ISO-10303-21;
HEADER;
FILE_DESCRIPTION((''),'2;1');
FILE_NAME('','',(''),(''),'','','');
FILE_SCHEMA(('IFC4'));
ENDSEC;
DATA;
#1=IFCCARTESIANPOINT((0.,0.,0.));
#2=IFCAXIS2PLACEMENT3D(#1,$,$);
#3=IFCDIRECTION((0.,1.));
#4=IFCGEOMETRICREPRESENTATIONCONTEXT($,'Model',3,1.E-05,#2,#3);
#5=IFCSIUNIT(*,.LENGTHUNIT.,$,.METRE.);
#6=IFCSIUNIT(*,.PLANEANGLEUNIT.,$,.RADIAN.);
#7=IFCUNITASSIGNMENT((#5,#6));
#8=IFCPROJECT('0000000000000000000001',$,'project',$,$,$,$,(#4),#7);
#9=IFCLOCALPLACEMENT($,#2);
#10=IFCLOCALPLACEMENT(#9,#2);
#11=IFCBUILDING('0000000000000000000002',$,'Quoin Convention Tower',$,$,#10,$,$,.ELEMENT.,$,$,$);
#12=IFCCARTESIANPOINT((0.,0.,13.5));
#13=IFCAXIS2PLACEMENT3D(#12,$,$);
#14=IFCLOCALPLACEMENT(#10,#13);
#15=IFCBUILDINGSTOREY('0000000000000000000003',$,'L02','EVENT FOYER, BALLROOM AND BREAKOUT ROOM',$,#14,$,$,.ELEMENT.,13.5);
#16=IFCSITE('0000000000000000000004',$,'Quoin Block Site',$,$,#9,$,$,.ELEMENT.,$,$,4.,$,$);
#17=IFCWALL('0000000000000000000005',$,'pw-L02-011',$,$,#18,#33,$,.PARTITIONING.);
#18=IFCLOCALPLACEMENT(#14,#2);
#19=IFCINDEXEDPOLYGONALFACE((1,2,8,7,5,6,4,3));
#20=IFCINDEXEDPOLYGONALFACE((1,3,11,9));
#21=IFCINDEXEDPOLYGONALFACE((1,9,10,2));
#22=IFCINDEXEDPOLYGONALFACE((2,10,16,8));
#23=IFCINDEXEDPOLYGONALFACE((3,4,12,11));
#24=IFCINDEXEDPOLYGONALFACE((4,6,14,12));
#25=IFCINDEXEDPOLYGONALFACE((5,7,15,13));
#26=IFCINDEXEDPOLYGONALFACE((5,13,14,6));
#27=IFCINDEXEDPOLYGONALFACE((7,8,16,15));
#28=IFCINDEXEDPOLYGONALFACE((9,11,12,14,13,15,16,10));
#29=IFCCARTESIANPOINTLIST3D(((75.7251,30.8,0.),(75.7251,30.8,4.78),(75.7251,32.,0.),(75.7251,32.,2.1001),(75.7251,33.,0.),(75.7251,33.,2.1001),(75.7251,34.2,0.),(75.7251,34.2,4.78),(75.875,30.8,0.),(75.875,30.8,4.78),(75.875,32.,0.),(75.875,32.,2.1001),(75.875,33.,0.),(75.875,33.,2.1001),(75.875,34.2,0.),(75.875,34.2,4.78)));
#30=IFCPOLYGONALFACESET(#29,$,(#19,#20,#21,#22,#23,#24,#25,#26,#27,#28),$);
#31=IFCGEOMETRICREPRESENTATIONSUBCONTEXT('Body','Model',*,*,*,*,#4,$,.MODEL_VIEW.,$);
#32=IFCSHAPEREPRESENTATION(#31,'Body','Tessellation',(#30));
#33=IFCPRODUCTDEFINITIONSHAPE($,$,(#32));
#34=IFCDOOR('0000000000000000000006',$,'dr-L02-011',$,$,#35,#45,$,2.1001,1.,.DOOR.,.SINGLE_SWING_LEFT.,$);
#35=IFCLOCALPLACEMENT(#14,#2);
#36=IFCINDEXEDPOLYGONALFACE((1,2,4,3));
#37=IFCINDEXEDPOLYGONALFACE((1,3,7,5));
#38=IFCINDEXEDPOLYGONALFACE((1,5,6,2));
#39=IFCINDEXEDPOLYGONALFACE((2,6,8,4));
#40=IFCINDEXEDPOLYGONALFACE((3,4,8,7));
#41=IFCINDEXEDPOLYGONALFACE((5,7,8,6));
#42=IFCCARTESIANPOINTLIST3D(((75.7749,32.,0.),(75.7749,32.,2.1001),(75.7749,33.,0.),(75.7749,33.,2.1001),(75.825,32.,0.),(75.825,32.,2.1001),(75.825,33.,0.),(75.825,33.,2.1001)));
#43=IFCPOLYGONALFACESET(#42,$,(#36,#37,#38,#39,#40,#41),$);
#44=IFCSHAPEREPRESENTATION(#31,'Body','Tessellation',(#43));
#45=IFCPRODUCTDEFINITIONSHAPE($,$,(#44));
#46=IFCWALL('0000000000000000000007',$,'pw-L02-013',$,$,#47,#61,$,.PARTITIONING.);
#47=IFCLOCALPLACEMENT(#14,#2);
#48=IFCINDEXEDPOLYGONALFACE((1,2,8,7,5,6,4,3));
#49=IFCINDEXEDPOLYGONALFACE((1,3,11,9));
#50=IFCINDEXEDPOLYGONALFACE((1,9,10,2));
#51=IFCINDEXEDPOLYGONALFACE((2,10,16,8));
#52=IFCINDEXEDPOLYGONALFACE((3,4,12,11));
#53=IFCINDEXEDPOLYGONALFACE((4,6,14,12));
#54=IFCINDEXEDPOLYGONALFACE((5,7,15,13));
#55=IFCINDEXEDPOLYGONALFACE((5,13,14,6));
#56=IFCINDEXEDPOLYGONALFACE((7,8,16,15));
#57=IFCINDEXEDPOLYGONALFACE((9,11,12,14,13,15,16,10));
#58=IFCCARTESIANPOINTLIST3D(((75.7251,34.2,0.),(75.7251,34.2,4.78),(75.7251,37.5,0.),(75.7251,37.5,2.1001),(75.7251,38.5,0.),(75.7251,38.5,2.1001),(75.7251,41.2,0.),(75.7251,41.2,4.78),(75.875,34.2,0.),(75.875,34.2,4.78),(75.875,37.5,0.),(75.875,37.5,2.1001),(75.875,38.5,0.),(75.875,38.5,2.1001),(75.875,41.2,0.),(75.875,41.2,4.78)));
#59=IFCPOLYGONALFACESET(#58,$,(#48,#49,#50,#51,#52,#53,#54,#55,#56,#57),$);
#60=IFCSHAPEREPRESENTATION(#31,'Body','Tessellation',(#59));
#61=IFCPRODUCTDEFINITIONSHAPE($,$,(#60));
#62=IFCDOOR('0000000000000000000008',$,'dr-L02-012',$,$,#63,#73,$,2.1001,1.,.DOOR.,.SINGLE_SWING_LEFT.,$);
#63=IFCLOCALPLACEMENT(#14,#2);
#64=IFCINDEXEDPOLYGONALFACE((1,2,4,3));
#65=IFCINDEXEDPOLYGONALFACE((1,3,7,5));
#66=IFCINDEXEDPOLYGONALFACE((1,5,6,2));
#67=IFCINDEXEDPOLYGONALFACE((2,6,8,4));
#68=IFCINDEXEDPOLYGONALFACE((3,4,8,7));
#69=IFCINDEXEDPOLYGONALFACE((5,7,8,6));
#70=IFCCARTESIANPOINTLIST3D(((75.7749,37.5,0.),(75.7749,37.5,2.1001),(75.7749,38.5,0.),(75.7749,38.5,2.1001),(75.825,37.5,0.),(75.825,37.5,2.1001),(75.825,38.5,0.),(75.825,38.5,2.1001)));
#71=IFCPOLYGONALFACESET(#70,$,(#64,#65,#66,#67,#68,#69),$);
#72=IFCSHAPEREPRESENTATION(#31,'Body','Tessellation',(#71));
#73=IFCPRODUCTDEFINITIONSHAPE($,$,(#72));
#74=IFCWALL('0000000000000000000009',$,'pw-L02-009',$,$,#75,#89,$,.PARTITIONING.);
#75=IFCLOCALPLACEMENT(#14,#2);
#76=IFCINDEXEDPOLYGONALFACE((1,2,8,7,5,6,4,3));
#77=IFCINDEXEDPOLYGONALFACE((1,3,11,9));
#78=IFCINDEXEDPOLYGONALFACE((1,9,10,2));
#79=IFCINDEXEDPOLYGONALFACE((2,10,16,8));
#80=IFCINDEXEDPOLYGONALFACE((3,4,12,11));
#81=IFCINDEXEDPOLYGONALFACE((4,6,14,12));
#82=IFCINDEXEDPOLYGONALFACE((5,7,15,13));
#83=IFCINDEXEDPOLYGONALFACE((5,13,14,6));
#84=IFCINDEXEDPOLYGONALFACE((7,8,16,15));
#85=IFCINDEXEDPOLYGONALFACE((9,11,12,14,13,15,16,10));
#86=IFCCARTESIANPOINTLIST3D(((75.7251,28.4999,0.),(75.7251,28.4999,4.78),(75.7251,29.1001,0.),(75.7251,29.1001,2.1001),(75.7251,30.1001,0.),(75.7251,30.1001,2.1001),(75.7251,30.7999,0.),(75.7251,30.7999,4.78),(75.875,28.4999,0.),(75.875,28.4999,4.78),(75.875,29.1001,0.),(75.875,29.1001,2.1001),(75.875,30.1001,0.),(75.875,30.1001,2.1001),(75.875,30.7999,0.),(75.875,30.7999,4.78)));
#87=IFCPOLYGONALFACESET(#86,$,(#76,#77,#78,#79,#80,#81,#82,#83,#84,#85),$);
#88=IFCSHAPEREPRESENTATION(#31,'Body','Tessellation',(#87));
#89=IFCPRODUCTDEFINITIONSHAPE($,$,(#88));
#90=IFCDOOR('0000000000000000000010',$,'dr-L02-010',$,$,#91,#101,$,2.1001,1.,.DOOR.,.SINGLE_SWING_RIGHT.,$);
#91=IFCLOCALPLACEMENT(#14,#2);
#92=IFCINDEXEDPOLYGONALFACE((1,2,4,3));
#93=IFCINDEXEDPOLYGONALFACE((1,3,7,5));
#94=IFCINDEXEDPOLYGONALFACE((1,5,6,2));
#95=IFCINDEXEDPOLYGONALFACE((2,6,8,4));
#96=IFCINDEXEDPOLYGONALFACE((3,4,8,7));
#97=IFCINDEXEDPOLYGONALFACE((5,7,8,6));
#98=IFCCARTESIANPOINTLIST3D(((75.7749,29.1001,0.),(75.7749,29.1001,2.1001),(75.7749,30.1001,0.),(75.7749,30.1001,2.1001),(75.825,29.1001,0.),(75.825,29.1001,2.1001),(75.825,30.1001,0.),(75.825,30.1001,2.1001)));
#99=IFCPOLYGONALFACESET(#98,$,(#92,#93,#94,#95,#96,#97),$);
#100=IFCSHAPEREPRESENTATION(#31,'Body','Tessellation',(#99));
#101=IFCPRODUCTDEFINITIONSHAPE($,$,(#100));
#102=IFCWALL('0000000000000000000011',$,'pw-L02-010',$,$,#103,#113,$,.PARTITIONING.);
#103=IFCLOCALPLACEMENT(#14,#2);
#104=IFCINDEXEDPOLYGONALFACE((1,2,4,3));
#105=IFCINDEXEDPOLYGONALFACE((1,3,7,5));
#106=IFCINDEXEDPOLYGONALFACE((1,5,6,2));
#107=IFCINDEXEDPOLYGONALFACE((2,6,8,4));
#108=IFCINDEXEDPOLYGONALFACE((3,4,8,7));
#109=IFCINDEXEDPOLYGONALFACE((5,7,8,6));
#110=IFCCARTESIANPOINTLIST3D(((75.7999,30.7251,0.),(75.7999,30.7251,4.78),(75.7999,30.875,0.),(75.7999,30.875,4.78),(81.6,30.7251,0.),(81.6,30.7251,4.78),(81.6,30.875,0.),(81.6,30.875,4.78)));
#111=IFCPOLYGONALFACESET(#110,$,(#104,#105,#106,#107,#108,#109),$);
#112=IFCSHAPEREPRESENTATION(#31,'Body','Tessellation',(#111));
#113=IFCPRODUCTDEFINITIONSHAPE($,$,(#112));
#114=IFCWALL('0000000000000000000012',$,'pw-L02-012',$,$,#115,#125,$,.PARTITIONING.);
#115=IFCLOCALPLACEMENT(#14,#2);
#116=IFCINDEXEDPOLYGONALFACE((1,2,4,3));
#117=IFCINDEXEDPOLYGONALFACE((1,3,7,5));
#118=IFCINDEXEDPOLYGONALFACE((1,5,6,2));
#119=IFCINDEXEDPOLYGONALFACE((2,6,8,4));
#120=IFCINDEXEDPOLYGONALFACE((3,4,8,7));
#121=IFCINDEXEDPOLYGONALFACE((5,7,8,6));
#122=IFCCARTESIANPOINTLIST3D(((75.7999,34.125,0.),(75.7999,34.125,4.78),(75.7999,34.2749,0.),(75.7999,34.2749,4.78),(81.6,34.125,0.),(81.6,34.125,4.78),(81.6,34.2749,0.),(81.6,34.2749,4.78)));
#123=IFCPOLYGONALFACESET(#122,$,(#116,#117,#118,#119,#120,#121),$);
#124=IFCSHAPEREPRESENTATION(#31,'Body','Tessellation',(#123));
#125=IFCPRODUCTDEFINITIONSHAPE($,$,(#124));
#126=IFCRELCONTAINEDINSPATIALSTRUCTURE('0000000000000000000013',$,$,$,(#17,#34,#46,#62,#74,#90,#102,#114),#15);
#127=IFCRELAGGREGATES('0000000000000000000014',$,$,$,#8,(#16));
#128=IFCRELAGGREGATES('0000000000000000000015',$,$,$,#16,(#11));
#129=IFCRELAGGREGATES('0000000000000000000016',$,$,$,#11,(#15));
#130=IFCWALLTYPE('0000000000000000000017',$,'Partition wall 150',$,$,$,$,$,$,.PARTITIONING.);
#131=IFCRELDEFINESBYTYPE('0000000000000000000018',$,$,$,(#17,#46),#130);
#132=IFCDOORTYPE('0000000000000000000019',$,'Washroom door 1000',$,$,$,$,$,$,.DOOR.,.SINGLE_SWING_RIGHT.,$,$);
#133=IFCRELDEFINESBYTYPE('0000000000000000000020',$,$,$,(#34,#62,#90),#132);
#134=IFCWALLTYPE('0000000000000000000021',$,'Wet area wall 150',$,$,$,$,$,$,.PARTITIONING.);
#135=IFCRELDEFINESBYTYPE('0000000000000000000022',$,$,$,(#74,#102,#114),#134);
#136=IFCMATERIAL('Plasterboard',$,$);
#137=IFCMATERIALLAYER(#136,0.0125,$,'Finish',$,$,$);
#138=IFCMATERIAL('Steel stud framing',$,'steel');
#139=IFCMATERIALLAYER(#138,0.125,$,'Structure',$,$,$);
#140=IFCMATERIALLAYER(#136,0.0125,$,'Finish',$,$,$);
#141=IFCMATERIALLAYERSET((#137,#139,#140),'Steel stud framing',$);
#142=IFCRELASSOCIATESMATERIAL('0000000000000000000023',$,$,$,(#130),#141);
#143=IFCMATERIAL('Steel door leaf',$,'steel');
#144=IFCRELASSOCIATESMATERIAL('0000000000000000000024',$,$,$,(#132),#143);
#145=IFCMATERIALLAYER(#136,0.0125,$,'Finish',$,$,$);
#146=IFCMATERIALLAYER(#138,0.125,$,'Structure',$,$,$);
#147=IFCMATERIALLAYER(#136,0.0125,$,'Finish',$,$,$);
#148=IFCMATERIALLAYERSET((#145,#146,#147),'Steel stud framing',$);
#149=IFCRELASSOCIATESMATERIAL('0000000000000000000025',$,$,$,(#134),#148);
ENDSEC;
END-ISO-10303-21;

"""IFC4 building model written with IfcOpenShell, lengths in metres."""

from ifc_helpers import new_model, si_unit, direction, frame, frame_2d, origin, place, context, subcontext, project, spatial, rectangle, extrude, material, layer, layer_set, type_object, element, fill, save


model = new_model("IFC4")

# Units and contexts
model_context = context("Model", 3, precision=1e-05, world=origin(), true_north=direction((0.0, 1.0)))
body_context = subcontext(model_context, "Body", "Model", "MODEL_VIEW")
ifc_project = project(units=[si_unit("LENGTHUNIT", "METRE"), si_unit("PLANEANGLEUNIT", "RADIAN")], contexts=[model_context])

# Site, building, storey
site_placement = place(None, origin())
site = spatial("IfcSite", under=ifc_project, at=site_placement, Name="Quoin Block Site", CompositionType="ELEMENT", RefElevation=4.0)
building_placement = place(site_placement, origin())
building = spatial("IfcBuilding", under=site, at=building_placement, Name="Quoin Convention Tower", CompositionType="ELEMENT")
storey_placement = place(building_placement, frame((0.0, 0.0, 13.5)))
storey = spatial("IfcBuildingStorey", under=building, at=storey_placement, Name="L02", Description="EVENT FOYER, BALLROOM AND BREAKOUT ROOM", CompositionType="ELEMENT", Elevation=13.5)

# Shared definitions
ifc_material_1 = material(Name="Plasterboard")
ifc_material_2 = material(Name="Steel stud framing", Category="steel")

# Walls, openings, doors
ifc_layer_1 = layer(ifc_material_1, 0.0125, Name="Finish")
ifc_layer_2 = layer(ifc_material_2, 0.125, Name="Structure")
ifc_layer_3 = layer(ifc_material_1, 0.0125, Name="Finish")
ifc_layer_set_1 = layer_set([ifc_layer_1, ifc_layer_2, ifc_layer_3], Name="Steel stud framing")
wall_type_1 = type_object("IfcWallType", Name="Partition wall 150", PredefinedType="PARTITIONING", material=ifc_layer_set_1)
wall_1_placement = place(storey_placement, frame((75.8, 30.8, 0.0), z_axis=(0.0, 0.0, 1.0), x_axis=(0.0, 1.0, 0.0)))
wall_1 = element("IfcWall", 1, at=wall_1_placement, inside=storey, type_object=wall_type_1, Name="pw-L02-011", PredefinedType="PARTITIONING", context=body_context, shape_type="SweptSolid", body=[
    extrude(rectangle(XDim=3.3999, YDim=0.1499, at=frame_2d((1.7, 0.0))), origin(), (0.0, 0.0, 1.0), 4.78),
])
opening_1_placement = place(wall_1_placement, frame((1.2, 0.0, 0.0)))
opening_1 = element("IfcOpeningElement", 2, at=opening_1_placement, cuts=wall_1, PredefinedType="OPENING", context=body_context, shape_type="SweptSolid", body=[
    extrude(rectangle(XDim=1.0, YDim=2.1001, at=frame_2d((0.5, 1.05))), frame((0.0, 0.085, 0.0), z_axis=(0.0, -1.0, 0.0), x_axis=(1.0, 0.0, 0.0)), (0.0, 0.0, 1.0), 0.1699),
])
ifc_material_3 = material(Name="Steel door leaf", Category="steel")
door_type = type_object("IfcDoorType", Name="Washroom door 1000", OperationType="SINGLE_SWING_RIGHT", PredefinedType="DOOR", material=ifc_material_3)
door_1_placement = place(opening_1_placement, frame((1.0, 0.0, 0.0), z_axis=(0.0, 0.0, 1.0), x_axis=(-1.0, 0.0, 0.0)))
door_1 = element("IfcDoor", 3, at=door_1_placement, inside=storey, type_object=door_type, Name="dr-L02-011", OperationType="SINGLE_SWING_LEFT", OverallHeight=2.1001, OverallWidth=1.0, PredefinedType="DOOR", context=body_context, shape_type="SweptSolid", body=[
    extrude(rectangle(XDim=1.0, YDim=2.1001, at=frame_2d((0.5, 1.05))), frame((0.0, 0.0249, 0.0), z_axis=(0.0, -1.0, 0.0), x_axis=(1.0, 0.0, 0.0)), (0.0, 0.0, 1.0), 0.05),
])
fill(opening_1, door_1)
wall_2_placement = place(storey_placement, frame((75.8, 34.2, 0.0), z_axis=(0.0, 0.0, 1.0), x_axis=(0.0, 1.0, 0.0)))
wall_2 = element("IfcWall", 4, at=wall_2_placement, inside=storey, type_object=wall_type_1, Name="pw-L02-013", PredefinedType="PARTITIONING", context=body_context, shape_type="SweptSolid", body=[
    extrude(rectangle(XDim=7.0, YDim=0.1499, at=frame_2d((3.5, 0.0))), origin(), (0.0, 0.0, 1.0), 4.78),
])
opening_2_placement = place(wall_2_placement, frame((3.3, 0.0, 0.0)))
opening_2 = element("IfcOpeningElement", 5, at=opening_2_placement, cuts=wall_2, PredefinedType="OPENING", context=body_context, shape_type="SweptSolid", body=[
    extrude(rectangle(XDim=1.0, YDim=2.1001, at=frame_2d((0.5, 1.05))), frame((0.0, 0.085, 0.0), z_axis=(0.0, -1.0, 0.0), x_axis=(1.0, 0.0, 0.0)), (0.0, 0.0, 1.0), 0.1699),
])
door_2_placement = place(opening_2_placement, frame((1.0, 0.0, 0.0), z_axis=(0.0, 0.0, 1.0), x_axis=(-1.0, 0.0, 0.0)))
door_2 = element("IfcDoor", 6, at=door_2_placement, inside=storey, type_object=door_type, Name="dr-L02-012", OperationType="SINGLE_SWING_LEFT", OverallHeight=2.1001, OverallWidth=1.0, PredefinedType="DOOR", context=body_context, shape_type="SweptSolid", body=[
    extrude(rectangle(XDim=1.0, YDim=2.1001, at=frame_2d((0.5, 1.05))), frame((0.0, 0.0249, 0.0), z_axis=(0.0, -1.0, 0.0), x_axis=(1.0, 0.0, 0.0)), (0.0, 0.0, 1.0), 0.05),
])
fill(opening_2, door_2)
ifc_layer_4 = layer(ifc_material_1, 0.0125, Name="Finish")
ifc_layer_5 = layer(ifc_material_2, 0.125, Name="Structure")
ifc_layer_6 = layer(ifc_material_1, 0.0125, Name="Finish")
ifc_layer_set_2 = layer_set([ifc_layer_4, ifc_layer_5, ifc_layer_6], Name="Steel stud framing")
wall_type_2 = type_object("IfcWallType", Name="Wet area wall 150", PredefinedType="PARTITIONING", material=ifc_layer_set_2)
wall_3_placement = place(storey_placement, frame((75.8, 28.5, 0.0), z_axis=(0.0, 0.0, 1.0), x_axis=(0.0, 1.0, 0.0)))
wall_3 = element("IfcWall", 7, at=wall_3_placement, inside=storey, type_object=wall_type_2, Name="pw-L02-009", PredefinedType="PARTITIONING", context=body_context, shape_type="SweptSolid", body=[
    extrude(rectangle(XDim=2.3, YDim=0.1499, at=frame_2d((1.1499, 0.0))), origin(), (0.0, 0.0, 1.0), 4.78),
])
opening_3_placement = place(wall_3_placement, frame((0.6001, 0.0, 0.0)))
opening_3 = element("IfcOpeningElement", 8, at=opening_3_placement, cuts=wall_3, PredefinedType="OPENING", context=body_context, shape_type="SweptSolid", body=[
    extrude(rectangle(XDim=1.0, YDim=2.1001, at=frame_2d((0.5, 1.05))), frame((0.0, 0.085, 0.0), z_axis=(0.0, -1.0, 0.0), x_axis=(1.0, 0.0, 0.0)), (0.0, 0.0, 1.0), 0.1699),
])
door_3_placement = place(opening_3_placement, frame((1.0, 0.0, 0.0), z_axis=(0.0, 0.0, 1.0), x_axis=(-1.0, 0.0, 0.0)))
door_3 = element("IfcDoor", 9, at=door_3_placement, inside=storey, type_object=door_type, Name="dr-L02-010", OperationType="SINGLE_SWING_RIGHT", OverallHeight=2.1001, OverallWidth=1.0, PredefinedType="DOOR", context=body_context, shape_type="SweptSolid", body=[
    extrude(rectangle(XDim=1.0, YDim=2.1001, at=frame_2d((0.5, 1.05))), frame((0.0, 0.0249, 0.0), z_axis=(0.0, -1.0, 0.0), x_axis=(1.0, 0.0, 0.0)), (0.0, 0.0, 1.0), 0.05),
])
fill(opening_3, door_3)

# Walls
for number, where, z_axis, x_axis, name in (
    (10, (75.8, 30.8, 0.0), (0.0, 0.0, 1.0), (1.0, 0.0, 0.0), "pw-L02-010"),
    (11, (75.8, 34.2, 0.0), (0.0, 0.0, 1.0), (1.0, 0.0, 0.0), "pw-L02-012"),
):
    element("IfcWall", number, at=place(storey_placement, frame(where, z_axis=z_axis, x_axis=x_axis)), inside=storey, type_object=wall_type_2, Name=name, PredefinedType="PARTITIONING", context=body_context, shape_type="SweptSolid", body=[
        extrude(rectangle(XDim=5.8, YDim=0.1499, at=frame_2d((2.8999, 0.0))), origin(), (0.0, 0.0, 1.0), 4.78),
    ])

save(model, "model.ifc")
